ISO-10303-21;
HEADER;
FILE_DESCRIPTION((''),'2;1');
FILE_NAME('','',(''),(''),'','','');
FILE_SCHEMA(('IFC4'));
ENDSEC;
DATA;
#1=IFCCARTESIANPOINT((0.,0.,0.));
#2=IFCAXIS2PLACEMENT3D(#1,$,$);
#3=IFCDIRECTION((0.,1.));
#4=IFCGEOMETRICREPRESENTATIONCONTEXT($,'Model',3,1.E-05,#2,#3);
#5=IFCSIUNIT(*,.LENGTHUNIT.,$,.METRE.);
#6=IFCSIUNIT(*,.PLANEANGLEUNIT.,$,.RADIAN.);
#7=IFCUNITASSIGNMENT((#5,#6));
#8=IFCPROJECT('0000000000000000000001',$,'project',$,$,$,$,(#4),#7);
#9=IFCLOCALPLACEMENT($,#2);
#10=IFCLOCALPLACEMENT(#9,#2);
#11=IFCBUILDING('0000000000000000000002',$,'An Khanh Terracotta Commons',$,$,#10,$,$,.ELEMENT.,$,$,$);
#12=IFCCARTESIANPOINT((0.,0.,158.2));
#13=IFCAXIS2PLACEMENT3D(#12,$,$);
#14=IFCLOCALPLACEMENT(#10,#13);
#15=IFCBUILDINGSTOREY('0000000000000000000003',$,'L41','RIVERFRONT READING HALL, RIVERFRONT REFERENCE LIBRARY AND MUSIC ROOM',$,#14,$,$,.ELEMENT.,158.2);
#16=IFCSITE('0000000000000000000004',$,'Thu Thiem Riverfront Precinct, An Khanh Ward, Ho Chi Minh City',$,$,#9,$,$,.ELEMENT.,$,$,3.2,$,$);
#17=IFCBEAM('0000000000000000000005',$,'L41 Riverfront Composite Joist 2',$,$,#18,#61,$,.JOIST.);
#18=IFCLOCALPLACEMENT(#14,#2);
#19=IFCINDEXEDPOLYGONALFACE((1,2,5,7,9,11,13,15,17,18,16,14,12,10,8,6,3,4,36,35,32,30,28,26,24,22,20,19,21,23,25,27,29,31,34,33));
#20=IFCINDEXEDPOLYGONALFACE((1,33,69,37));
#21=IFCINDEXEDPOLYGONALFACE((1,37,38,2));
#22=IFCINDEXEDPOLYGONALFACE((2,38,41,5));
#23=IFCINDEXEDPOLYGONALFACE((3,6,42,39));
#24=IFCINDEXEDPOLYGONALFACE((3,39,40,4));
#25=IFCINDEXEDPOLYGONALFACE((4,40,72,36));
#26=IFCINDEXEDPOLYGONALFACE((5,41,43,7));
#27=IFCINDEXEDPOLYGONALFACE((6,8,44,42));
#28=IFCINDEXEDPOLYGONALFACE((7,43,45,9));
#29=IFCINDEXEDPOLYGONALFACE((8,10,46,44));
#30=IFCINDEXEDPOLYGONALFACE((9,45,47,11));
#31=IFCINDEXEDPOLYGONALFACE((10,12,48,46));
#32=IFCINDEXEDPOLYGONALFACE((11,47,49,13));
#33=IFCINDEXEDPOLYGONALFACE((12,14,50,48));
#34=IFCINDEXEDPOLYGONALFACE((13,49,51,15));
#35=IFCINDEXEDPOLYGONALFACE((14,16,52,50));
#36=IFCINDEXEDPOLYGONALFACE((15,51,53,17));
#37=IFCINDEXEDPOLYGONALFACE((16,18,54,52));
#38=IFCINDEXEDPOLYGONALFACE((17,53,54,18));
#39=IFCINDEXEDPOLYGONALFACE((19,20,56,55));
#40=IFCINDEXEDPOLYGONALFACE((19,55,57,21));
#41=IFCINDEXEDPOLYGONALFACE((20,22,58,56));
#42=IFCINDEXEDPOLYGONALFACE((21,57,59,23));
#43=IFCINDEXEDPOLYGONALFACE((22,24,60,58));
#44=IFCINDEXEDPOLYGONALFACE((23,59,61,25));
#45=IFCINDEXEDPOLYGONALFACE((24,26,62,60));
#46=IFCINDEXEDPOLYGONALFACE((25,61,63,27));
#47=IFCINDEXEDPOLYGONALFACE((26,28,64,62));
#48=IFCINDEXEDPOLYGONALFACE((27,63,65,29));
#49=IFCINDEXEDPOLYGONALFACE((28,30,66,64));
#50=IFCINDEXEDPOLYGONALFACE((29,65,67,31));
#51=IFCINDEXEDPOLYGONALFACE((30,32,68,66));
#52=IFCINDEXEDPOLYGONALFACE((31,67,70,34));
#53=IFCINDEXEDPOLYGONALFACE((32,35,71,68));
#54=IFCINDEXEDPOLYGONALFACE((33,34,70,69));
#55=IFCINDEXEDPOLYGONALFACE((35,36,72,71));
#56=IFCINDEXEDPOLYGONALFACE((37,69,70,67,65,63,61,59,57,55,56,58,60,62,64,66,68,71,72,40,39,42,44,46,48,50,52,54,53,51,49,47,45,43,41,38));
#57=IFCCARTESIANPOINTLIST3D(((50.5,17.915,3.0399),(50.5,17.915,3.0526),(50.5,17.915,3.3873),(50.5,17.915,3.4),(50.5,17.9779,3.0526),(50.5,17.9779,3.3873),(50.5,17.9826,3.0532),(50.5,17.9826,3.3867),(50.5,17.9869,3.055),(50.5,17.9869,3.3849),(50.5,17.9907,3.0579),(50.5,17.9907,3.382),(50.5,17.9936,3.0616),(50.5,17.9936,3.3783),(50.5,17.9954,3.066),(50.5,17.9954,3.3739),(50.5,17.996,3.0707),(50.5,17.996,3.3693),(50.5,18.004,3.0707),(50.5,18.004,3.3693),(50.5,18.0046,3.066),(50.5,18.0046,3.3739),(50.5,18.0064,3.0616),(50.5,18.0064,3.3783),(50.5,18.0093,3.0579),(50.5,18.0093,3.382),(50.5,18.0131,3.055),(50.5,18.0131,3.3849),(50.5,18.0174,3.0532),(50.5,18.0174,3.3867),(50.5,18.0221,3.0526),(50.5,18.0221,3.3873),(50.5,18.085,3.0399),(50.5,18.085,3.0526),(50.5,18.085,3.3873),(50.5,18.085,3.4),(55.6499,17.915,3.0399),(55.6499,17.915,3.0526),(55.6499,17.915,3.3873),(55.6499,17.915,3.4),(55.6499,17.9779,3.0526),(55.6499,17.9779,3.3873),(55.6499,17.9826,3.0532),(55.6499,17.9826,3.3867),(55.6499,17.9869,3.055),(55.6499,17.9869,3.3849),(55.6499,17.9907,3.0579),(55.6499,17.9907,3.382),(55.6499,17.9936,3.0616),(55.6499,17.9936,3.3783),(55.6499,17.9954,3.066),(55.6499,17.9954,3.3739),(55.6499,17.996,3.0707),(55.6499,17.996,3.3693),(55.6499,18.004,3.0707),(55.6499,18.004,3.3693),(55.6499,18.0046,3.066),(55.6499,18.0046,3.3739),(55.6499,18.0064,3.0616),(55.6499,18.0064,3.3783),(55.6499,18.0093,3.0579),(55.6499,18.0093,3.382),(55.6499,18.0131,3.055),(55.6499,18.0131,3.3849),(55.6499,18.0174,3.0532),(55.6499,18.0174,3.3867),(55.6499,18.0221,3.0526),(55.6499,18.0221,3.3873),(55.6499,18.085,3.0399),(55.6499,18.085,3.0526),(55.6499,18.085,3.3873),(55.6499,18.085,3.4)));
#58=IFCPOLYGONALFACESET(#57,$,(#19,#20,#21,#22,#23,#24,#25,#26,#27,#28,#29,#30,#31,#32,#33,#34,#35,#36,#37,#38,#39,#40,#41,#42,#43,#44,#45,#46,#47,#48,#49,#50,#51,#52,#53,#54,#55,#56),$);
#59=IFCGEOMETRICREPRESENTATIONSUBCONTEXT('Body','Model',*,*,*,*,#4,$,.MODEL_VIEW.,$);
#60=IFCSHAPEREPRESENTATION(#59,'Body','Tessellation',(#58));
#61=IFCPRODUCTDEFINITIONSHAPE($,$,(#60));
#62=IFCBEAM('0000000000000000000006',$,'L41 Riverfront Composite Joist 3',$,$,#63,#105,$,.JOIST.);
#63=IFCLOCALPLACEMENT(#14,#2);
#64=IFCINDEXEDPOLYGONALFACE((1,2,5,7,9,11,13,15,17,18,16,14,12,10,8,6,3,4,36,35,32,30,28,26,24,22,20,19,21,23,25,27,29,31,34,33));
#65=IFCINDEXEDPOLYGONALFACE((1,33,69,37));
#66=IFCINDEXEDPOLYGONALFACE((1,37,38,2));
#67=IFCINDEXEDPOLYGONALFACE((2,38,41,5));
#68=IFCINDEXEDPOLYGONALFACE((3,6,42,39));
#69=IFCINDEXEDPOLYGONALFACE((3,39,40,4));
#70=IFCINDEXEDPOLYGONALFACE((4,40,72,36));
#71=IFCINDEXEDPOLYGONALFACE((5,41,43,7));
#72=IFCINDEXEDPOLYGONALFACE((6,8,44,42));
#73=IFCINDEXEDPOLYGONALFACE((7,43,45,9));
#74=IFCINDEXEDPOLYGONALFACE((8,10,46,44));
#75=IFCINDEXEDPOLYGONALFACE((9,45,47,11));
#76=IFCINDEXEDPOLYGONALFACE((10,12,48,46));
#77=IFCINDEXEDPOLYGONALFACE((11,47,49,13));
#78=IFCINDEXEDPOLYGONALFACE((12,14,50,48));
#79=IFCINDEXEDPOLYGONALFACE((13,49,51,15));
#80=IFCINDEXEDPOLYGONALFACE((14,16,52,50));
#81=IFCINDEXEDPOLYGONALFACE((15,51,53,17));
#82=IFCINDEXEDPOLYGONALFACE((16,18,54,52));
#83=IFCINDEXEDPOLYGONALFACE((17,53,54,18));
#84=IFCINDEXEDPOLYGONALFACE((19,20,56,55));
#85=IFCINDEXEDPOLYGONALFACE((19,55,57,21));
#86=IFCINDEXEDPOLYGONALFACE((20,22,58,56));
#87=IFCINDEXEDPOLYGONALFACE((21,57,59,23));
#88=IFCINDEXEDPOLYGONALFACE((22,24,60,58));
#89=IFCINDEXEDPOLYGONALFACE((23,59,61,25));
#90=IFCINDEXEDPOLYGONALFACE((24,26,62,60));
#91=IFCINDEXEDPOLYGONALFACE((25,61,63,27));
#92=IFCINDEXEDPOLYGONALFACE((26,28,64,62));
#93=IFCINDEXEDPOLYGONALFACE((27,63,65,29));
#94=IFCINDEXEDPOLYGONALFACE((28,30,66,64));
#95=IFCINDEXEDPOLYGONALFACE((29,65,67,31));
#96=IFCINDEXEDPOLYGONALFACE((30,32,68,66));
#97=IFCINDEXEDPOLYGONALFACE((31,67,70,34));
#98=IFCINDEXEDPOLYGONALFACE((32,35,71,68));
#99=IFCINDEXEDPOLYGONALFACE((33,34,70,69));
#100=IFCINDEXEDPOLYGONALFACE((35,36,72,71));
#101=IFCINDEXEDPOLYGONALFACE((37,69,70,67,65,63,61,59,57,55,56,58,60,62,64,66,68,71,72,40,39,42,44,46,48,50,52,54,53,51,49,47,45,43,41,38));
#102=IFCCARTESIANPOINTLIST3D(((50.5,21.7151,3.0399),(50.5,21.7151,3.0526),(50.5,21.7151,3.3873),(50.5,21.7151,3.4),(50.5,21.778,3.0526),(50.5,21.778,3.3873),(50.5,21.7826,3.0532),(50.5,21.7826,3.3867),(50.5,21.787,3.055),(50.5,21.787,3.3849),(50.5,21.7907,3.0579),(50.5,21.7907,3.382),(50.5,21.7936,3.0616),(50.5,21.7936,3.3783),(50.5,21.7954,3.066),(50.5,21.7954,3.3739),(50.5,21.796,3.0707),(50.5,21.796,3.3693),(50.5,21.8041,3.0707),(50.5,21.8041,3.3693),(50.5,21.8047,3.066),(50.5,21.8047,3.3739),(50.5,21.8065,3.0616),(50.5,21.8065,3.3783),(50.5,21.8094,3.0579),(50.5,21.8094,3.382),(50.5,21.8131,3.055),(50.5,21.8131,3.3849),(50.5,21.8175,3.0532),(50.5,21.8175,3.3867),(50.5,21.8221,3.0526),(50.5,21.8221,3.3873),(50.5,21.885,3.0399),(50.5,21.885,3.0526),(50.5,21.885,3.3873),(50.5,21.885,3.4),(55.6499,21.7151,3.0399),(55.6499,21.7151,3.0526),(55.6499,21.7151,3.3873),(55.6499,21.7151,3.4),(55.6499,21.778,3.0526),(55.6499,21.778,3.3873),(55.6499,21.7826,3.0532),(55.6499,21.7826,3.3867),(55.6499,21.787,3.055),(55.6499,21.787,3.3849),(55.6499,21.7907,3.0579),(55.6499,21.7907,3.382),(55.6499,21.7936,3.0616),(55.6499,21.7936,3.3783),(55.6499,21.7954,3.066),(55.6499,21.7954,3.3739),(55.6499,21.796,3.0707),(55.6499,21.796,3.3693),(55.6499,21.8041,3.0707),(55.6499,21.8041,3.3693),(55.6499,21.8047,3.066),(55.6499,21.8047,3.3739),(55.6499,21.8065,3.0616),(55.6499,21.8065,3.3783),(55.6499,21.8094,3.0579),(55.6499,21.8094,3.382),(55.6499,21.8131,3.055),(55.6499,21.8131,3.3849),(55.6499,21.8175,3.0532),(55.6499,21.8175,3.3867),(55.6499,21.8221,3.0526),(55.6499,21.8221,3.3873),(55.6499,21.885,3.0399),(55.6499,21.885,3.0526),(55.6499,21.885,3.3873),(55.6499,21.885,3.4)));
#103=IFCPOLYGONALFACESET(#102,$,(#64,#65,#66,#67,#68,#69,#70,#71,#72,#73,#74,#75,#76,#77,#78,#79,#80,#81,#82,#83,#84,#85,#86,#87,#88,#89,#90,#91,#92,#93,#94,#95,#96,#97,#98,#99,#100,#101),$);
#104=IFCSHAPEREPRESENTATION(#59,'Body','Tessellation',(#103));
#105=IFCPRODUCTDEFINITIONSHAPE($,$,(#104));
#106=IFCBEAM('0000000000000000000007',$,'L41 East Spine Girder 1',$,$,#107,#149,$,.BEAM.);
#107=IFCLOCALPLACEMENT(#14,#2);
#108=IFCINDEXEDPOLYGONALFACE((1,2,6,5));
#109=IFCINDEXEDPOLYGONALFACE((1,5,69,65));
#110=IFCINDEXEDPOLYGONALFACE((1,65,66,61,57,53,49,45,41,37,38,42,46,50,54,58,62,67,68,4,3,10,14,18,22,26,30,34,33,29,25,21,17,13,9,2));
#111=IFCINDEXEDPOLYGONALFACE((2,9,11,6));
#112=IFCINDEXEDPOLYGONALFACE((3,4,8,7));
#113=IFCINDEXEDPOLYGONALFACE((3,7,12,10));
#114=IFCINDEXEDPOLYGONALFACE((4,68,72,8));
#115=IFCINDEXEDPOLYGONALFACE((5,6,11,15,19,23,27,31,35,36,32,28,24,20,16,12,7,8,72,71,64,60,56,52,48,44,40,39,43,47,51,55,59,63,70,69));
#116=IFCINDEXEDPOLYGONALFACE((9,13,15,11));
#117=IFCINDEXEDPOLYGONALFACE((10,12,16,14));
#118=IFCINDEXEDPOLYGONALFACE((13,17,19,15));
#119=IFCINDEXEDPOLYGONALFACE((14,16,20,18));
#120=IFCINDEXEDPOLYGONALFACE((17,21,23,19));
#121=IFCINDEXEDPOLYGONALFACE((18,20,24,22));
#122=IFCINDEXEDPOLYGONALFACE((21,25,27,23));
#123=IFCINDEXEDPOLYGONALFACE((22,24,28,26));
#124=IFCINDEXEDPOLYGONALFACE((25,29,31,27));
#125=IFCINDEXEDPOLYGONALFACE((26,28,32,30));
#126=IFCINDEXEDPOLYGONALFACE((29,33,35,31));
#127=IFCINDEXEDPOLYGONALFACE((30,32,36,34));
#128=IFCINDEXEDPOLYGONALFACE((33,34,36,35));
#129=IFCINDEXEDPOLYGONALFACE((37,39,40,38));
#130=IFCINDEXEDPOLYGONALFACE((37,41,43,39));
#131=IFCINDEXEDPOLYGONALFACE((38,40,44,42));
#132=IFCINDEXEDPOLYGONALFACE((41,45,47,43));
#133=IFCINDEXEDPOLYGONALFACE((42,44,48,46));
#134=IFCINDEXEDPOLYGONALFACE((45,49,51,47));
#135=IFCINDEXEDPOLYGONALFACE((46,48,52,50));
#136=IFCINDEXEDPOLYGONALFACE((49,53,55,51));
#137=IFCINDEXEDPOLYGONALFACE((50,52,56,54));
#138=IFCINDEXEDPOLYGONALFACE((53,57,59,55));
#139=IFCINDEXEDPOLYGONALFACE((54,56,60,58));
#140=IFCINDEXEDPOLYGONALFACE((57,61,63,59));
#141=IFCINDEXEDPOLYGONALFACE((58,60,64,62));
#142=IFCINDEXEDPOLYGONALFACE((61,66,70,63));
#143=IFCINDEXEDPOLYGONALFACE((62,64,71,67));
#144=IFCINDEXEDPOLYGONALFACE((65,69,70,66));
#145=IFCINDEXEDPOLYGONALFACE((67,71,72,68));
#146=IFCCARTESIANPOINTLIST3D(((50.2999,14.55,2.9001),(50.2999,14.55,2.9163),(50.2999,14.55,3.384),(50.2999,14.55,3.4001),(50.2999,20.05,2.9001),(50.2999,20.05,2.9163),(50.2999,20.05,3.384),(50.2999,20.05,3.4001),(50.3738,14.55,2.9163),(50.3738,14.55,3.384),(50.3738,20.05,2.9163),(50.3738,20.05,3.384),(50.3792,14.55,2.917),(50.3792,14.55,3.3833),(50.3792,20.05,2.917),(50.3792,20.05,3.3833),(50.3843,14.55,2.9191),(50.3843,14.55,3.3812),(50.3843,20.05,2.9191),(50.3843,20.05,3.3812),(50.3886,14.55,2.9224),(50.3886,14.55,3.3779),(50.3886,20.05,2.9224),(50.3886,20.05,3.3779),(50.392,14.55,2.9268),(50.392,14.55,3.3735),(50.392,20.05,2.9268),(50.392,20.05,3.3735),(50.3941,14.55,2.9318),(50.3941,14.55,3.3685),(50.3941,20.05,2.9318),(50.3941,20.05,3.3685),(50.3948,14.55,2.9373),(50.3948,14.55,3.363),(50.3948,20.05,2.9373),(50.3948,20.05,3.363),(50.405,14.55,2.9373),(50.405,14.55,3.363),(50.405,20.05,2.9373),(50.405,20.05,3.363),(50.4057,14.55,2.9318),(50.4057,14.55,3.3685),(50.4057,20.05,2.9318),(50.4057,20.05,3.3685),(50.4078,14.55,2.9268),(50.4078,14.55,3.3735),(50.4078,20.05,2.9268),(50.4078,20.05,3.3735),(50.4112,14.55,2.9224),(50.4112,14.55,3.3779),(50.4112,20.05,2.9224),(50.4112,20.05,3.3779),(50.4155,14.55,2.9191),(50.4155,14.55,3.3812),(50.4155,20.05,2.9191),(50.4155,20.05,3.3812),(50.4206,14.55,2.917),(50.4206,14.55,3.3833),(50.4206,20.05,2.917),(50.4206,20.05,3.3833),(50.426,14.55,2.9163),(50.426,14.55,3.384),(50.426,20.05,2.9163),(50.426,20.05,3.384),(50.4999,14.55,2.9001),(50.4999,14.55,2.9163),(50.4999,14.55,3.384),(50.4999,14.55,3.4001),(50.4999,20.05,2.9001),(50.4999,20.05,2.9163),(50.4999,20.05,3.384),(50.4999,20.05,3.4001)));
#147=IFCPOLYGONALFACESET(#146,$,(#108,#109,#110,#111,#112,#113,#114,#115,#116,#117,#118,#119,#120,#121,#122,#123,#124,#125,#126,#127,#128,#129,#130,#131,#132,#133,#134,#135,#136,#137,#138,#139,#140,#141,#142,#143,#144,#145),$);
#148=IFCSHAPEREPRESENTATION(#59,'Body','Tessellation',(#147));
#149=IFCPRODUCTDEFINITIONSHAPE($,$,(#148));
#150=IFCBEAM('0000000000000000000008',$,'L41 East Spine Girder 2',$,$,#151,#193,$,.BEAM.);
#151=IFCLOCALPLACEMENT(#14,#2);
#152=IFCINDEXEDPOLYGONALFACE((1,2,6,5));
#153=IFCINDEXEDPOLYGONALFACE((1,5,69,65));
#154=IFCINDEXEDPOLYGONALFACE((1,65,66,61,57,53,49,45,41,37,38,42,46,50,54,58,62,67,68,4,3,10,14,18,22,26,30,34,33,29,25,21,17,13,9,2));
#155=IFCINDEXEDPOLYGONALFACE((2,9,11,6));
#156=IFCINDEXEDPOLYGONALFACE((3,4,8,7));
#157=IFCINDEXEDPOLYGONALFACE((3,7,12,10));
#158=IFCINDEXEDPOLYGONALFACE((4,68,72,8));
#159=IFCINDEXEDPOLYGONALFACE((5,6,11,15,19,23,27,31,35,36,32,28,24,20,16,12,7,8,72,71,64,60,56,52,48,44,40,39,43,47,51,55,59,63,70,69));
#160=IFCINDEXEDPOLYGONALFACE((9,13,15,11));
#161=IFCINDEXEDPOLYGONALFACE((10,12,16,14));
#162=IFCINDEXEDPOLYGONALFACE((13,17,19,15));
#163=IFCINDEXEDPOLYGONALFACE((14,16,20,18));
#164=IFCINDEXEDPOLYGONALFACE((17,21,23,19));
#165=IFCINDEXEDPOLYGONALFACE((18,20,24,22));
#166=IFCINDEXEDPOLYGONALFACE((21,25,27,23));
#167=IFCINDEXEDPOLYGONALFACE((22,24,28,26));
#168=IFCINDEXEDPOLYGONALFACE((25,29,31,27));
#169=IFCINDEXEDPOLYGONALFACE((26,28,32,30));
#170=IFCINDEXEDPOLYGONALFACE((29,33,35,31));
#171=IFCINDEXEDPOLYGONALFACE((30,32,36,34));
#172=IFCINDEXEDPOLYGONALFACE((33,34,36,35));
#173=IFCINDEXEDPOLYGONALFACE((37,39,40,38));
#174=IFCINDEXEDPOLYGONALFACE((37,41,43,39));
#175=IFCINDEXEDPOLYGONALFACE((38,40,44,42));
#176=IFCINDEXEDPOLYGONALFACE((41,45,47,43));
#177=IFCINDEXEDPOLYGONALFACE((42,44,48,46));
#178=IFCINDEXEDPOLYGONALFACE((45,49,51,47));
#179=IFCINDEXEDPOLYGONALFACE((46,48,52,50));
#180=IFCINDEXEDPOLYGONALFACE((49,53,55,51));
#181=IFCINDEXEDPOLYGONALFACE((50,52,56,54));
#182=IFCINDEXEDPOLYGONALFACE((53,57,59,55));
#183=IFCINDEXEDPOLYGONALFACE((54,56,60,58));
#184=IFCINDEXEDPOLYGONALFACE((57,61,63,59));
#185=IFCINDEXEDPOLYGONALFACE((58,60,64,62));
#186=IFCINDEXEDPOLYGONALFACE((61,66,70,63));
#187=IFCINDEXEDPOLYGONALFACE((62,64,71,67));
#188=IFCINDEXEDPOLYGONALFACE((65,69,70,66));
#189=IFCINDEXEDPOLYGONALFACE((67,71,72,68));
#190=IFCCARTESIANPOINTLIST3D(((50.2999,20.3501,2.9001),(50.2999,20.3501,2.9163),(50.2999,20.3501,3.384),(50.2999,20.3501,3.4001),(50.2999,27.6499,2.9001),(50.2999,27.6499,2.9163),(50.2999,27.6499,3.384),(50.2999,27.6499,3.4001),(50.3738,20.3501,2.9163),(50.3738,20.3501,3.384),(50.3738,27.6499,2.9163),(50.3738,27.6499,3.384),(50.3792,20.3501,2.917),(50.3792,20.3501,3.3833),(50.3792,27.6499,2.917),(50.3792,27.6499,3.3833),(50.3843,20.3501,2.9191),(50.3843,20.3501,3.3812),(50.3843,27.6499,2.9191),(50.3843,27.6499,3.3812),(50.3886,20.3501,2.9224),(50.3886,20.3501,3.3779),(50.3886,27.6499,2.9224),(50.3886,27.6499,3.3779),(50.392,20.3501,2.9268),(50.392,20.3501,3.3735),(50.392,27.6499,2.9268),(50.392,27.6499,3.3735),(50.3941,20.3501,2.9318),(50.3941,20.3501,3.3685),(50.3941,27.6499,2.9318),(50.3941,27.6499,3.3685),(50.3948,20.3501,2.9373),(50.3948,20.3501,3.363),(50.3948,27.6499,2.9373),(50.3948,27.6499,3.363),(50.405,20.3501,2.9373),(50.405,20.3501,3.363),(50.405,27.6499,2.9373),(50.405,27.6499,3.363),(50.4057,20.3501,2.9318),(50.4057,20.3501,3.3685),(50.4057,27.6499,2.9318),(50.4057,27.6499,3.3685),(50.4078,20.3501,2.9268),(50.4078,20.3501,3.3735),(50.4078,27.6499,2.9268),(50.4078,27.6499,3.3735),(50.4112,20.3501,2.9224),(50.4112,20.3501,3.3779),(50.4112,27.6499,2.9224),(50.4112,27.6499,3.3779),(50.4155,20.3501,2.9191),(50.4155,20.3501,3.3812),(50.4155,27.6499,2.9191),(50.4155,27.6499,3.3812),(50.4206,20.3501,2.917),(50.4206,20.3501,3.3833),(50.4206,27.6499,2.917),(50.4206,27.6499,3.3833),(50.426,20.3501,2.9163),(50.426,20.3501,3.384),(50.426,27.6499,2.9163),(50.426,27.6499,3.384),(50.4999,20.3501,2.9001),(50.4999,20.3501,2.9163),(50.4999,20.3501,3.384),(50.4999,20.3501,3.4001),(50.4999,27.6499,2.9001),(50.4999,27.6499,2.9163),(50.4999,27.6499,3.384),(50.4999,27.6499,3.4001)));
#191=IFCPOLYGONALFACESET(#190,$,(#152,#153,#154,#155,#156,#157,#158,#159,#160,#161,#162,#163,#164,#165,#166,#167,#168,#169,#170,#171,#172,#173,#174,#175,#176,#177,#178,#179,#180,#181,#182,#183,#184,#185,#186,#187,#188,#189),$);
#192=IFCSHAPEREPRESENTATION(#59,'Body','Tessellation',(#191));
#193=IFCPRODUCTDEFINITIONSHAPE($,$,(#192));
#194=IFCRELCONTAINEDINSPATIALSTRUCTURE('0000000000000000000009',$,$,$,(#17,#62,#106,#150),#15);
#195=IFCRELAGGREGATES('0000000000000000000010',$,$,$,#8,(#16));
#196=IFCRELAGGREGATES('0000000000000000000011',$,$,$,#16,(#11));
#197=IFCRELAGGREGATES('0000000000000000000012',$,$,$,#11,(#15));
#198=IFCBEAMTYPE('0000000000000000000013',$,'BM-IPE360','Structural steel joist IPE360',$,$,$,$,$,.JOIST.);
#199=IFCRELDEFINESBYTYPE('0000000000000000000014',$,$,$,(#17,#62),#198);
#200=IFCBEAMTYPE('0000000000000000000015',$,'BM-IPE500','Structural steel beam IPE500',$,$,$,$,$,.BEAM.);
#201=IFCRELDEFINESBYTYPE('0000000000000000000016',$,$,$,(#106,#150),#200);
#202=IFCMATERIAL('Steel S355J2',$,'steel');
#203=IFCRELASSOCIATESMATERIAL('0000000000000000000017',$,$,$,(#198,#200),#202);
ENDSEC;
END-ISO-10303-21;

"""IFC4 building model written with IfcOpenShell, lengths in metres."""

from ifc_helpers import new_model, si_unit, direction, frame, origin, origin_2d, place, context, subcontext, project, spatial, i_section, extrude, material, material_profile, profile_set, type_object, element, save


model = new_model("IFC4")

# Units and contexts
model_context = context("Model", 3, precision=1e-05, world=origin(), true_north=direction((0.0, 1.0)))
body_context = subcontext(model_context, "Body", "Model", "MODEL_VIEW")
ifc_project = project(units=[si_unit("LENGTHUNIT", "METRE"), si_unit("PLANEANGLEUNIT", "RADIAN")], contexts=[model_context])

# Site, building, storey
site_placement = place(None, origin())
site = spatial("IfcSite", under=ifc_project, at=site_placement, Name="Thu Thiem Riverfront Precinct, An Khanh Ward, Ho Chi Minh City", CompositionType="ELEMENT", RefElevation=3.2)
building_placement = place(site_placement, origin())
building = spatial("IfcBuilding", under=site, at=building_placement, Name="An Khanh Terracotta Commons", CompositionType="ELEMENT")
storey_placement = place(building_placement, frame((0.0, 0.0, 158.2)))
storey = spatial("IfcBuildingStorey", under=building, at=storey_placement, Name="L41", Description="RIVERFRONT READING HALL, RIVERFRONT REFERENCE LIBRARY AND MUSIC ROOM", CompositionType="ELEMENT", Elevation=158.2)

# Beams
ifc_material_1 = material(Name="Steel S355J2", Category="steel")
ifc_material_profile_1 = material_profile(ifc_material_1, i_section(OverallWidth=0.1699, OverallDepth=0.3601, WebThickness=0.0081, FlangeThickness=0.0127, FilletRadius=0.0181, at=origin_2d()), Name="IPE360")
ifc_profile_set_1 = profile_set([ifc_material_profile_1], Name="Steel S355J2")
beam_type_1 = type_object("IfcBeamType", Name="BM-IPE360", Description="Structural steel joist IPE360", PredefinedType="JOIST", material=ifc_profile_set_1)
for number, where, z_axis, x_axis, name in (
    (1, (50.5, 18.0, 3.22), (1.0, 0.0, 0.0), (0.0, 1.0, 0.0), "L41 Riverfront Composite Joist 2"),
    (2, (50.5, 21.8, 3.22), (1.0, 0.0, 0.0), (0.0, 1.0, 0.0), "L41 Riverfront Composite Joist 3"),
):
    element("IfcBeam", number, at=place(storey_placement, frame(where, z_axis=z_axis, x_axis=x_axis)), inside=storey, type_object=beam_type_1, Name=name, PredefinedType="JOIST", context=body_context, shape_type="SweptSolid", body=[
        extrude(i_section(OverallWidth=0.1699, OverallDepth=0.3601, WebThickness=0.0081, FlangeThickness=0.0127, FilletRadius=0.0181, at=origin_2d()), origin(), (0.0, 0.0, 1.0), 5.1499),
    ])
ifc_material_profile_2 = material_profile(ifc_material_1, i_section(OverallWidth=0.2, OverallDepth=0.5, WebThickness=0.0103, FlangeThickness=0.0161, FilletRadius=0.021, at=origin_2d()), Name="IPE500")
ifc_profile_set_2 = profile_set([ifc_material_profile_2], Name="Steel S355J2")
beam_type_2 = type_object("IfcBeamType", Name="BM-IPE500", Description="Structural steel beam IPE500", PredefinedType="BEAM", material=ifc_profile_set_2)
beam_1_placement = place(storey_placement, frame((50.3999, 14.55, 3.1501), z_axis=(0.0, 1.0, 0.0), x_axis=(-1.0, 0.0, 0.0)))
element("IfcBeam", 3, at=beam_1_placement, inside=storey, type_object=beam_type_2, Name="L41 East Spine Girder 1", PredefinedType="BEAM", context=body_context, shape_type="SweptSolid", body=[
    extrude(i_section(OverallWidth=0.2, OverallDepth=0.5, WebThickness=0.0103, FlangeThickness=0.0161, FilletRadius=0.021, at=origin_2d()), origin(), (0.0, 0.0, 1.0), 5.5),
])
beam_2_placement = place(storey_placement, frame((50.3999, 20.3501, 3.1501), z_axis=(0.0, 1.0, 0.0), x_axis=(-1.0, 0.0, 0.0)))
element("IfcBeam", 4, at=beam_2_placement, inside=storey, type_object=beam_type_2, Name="L41 East Spine Girder 2", PredefinedType="BEAM", context=body_context, shape_type="SweptSolid", body=[
    extrude(i_section(OverallWidth=0.2, OverallDepth=0.5, WebThickness=0.0103, FlangeThickness=0.0161, FilletRadius=0.021, at=origin_2d()), origin(), (0.0, 0.0, 1.0), 7.2998),
])

save(model, "model.ifc")
